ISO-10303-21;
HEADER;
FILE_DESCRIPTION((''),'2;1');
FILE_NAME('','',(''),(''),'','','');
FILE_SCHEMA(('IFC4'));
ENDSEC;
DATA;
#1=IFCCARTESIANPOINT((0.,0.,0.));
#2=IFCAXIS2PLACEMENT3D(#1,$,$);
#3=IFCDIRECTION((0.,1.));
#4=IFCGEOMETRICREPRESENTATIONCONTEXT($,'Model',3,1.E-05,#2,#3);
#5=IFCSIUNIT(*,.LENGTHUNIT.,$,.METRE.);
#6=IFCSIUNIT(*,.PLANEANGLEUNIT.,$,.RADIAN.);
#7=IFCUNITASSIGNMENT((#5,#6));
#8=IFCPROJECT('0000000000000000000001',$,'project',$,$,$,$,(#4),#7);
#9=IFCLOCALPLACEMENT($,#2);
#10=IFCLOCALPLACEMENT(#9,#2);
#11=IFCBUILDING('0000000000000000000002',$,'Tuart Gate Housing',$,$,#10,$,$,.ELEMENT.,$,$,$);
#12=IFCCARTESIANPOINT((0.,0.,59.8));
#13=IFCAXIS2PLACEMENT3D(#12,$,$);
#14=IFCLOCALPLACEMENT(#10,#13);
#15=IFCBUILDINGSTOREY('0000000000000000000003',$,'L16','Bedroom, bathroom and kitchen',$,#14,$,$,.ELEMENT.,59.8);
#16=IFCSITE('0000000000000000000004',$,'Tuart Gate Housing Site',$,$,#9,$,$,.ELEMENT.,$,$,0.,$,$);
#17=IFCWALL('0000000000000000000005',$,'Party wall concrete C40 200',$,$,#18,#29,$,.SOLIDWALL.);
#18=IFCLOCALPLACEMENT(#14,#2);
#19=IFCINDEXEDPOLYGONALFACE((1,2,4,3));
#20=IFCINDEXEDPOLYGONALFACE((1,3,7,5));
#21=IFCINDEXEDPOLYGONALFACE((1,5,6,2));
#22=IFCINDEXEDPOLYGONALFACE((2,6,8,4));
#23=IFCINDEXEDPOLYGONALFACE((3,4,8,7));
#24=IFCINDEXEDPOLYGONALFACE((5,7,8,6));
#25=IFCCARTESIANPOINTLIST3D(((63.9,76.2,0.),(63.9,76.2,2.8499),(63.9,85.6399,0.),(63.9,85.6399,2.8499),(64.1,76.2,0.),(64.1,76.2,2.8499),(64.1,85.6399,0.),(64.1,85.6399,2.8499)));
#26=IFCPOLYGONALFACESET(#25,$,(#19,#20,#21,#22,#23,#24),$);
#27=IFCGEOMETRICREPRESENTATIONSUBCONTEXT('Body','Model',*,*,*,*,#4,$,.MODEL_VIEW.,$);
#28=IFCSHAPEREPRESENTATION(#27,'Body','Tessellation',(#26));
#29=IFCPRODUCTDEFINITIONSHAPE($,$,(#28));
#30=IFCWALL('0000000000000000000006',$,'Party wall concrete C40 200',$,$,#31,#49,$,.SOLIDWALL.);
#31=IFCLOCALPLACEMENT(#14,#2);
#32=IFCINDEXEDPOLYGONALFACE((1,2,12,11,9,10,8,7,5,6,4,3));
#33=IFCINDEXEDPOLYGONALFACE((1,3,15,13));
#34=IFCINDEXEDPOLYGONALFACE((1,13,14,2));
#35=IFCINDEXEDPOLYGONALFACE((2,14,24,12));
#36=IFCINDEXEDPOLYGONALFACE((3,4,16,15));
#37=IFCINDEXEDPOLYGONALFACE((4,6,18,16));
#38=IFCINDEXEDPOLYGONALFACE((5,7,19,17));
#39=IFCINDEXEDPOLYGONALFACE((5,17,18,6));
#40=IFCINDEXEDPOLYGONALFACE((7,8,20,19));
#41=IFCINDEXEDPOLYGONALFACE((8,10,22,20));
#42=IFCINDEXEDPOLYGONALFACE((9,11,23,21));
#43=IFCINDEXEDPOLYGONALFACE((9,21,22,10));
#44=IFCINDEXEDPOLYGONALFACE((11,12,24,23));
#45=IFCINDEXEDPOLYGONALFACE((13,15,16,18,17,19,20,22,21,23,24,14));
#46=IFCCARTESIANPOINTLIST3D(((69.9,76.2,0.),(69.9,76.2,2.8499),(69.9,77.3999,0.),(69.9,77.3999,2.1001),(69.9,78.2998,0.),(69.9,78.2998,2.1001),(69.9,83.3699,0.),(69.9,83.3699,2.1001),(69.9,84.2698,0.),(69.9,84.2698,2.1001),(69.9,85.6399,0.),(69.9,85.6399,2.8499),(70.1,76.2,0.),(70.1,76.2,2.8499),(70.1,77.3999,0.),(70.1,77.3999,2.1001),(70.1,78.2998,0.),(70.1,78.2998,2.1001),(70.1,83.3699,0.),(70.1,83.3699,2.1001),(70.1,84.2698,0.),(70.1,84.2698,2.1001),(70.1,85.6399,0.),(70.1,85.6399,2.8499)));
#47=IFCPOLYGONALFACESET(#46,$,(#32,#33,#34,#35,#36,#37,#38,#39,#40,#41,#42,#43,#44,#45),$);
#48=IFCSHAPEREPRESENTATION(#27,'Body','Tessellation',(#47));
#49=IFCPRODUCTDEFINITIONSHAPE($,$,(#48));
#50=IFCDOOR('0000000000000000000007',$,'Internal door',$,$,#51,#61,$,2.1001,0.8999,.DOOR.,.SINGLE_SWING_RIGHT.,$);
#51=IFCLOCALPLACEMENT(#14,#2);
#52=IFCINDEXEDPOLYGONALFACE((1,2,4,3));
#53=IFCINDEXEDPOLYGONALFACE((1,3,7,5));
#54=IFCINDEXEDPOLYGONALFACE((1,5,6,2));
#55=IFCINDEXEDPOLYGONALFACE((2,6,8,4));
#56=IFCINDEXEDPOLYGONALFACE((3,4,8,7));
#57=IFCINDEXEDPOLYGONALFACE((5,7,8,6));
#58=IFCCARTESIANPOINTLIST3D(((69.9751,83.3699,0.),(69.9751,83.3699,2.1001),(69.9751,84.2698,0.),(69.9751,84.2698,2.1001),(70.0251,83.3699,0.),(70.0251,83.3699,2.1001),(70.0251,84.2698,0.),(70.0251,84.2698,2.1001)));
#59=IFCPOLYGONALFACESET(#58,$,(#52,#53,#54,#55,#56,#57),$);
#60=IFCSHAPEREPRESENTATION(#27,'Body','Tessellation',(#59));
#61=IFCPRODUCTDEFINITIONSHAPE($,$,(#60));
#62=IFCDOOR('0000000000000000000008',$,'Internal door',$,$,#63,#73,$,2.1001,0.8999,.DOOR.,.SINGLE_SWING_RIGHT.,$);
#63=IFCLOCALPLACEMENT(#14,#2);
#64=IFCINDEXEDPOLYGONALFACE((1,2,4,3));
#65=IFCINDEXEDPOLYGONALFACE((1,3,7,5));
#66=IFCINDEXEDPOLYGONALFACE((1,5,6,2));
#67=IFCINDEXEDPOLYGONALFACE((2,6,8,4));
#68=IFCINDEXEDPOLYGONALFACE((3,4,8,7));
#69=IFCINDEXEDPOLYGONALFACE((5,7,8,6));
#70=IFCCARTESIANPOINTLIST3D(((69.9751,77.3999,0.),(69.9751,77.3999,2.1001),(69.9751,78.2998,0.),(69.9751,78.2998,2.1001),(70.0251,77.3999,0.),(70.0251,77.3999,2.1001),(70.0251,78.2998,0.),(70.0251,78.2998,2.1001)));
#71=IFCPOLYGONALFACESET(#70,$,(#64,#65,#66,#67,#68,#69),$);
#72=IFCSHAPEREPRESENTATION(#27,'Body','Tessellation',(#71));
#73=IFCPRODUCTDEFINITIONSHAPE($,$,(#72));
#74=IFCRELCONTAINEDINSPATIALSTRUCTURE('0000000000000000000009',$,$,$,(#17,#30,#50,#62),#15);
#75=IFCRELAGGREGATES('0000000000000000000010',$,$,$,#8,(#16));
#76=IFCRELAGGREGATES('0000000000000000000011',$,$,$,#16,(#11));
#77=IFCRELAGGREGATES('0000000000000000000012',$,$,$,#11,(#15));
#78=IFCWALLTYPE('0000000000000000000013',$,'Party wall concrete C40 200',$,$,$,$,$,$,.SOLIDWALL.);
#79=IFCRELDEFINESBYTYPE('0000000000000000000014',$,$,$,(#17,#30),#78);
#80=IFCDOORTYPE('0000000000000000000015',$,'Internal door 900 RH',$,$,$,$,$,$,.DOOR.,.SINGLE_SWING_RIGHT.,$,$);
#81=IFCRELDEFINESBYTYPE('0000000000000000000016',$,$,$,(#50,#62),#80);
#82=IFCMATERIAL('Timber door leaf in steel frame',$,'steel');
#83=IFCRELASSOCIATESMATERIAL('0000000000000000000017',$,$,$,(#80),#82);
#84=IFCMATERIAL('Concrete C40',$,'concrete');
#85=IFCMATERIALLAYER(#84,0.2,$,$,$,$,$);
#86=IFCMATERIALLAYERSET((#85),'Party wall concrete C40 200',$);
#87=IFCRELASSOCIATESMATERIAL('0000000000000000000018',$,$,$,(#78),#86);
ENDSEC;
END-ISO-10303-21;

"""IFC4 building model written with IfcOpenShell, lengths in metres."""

from ifc_helpers import new_model, si_unit, direction, frame, frame_2d, origin, place, context, subcontext, project, spatial, rectangle, extrude, material, layer, layer_set, type_object, element, fill, save


model = new_model("IFC4")

# Units and contexts
model_context = context("Model", 3, precision=1e-05, world=origin(), true_north=direction((0.0, 1.0)))
body_context = subcontext(model_context, "Body", "Model", "MODEL_VIEW")
ifc_project = project(units=[si_unit("LENGTHUNIT", "METRE"), si_unit("PLANEANGLEUNIT", "RADIAN")], contexts=[model_context])

# Site, building, storey
site_placement = place(None, origin())
site = spatial("IfcSite", under=ifc_project, at=site_placement, Name="Tuart Gate Housing Site", CompositionType="ELEMENT", RefElevation=0.0)
building_placement = place(site_placement, origin())
building = spatial("IfcBuilding", under=site, at=building_placement, Name="Tuart Gate Housing", CompositionType="ELEMENT")
storey_placement = place(building_placement, frame((0.0, 0.0, 59.8)))
storey = spatial("IfcBuildingStorey", under=building, at=storey_placement, Name="L16", Description="Bedroom, bathroom and kitchen", CompositionType="ELEMENT", Elevation=59.8)

# Shared definitions
ifc_material_1 = material(Name="Timber door leaf in steel frame", Category="steel")
door_type_1 = type_object("IfcDoorType", Name="Internal door 900 RH", OperationType="SINGLE_SWING_RIGHT", PredefinedType="DOOR", material=ifc_material_1)

# Wall
ifc_material_2 = material(Name="Concrete C40", Category="concrete")
ifc_layer_1 = layer(ifc_material_2, 0.2)
ifc_layer_set_1 = layer_set([ifc_layer_1], Name="Party wall concrete C40 200")
wall_type_1 = type_object("IfcWallType", Name="Party wall concrete C40 200", PredefinedType="SOLIDWALL", material=ifc_layer_set_1)
wall_1_placement = place(storey_placement, frame((64.0, 76.2, 0.0), z_axis=(0.0, 0.0, 1.0), x_axis=(0.0, 1.0, 0.0)))
element("IfcWall", 1, at=wall_1_placement, inside=storey, type_object=wall_type_1, Name="Party wall concrete C40 200", PredefinedType="SOLIDWALL", context=body_context, shape_type="SweptSolid", body=[
    extrude(rectangle(XDim=9.4399, YDim=0.2, at=frame_2d((4.72, 0.0))), origin(), (0.0, 0.0, 1.0), 2.8499),
])

# Wall, openings, doors
wall_2_placement = place(storey_placement, frame((70.0, 76.2, 0.0), z_axis=(0.0, 0.0, 1.0), x_axis=(0.0, 1.0, 0.0)))
wall_2 = element("IfcWall", 2, at=wall_2_placement, inside=storey, type_object=wall_type_1, Name="Party wall concrete C40 200", PredefinedType="SOLIDWALL", context=body_context, shape_type="SweptSolid", body=[
    extrude(rectangle(XDim=9.4399, YDim=0.2, at=frame_2d((4.72, 0.0))), origin(), (0.0, 0.0, 1.0), 2.8499),
])
opening_1_placement = place(wall_2_placement, frame((7.1699, 0.0, 0.0)))
opening_1 = element("IfcOpeningElement", 3, at=opening_1_placement, cuts=wall_2, PredefinedType="OPENING", context=body_context, shape_type="SweptSolid", body=[
    extrude(rectangle(XDim=0.8999, YDim=2.1001, at=frame_2d((0.45, 1.05))), frame((0.0, 0.1099, 0.0), z_axis=(0.0, -1.0, 0.0), x_axis=(1.0, 0.0, 0.0)), (0.0, 0.0, 1.0), 0.22),
])
opening_2_placement = place(wall_2_placement, frame((1.2, 0.0, 0.0)))
opening_2 = element("IfcOpeningElement", 4, at=opening_2_placement, cuts=wall_2, PredefinedType="OPENING", context=body_context, shape_type="SweptSolid", body=[
    extrude(rectangle(XDim=0.8999, YDim=2.1001, at=frame_2d((0.45, 1.05))), frame((0.0, 0.1099, 0.0), z_axis=(0.0, -1.0, 0.0), x_axis=(1.0, 0.0, 0.0)), (0.0, 0.0, 1.0), 0.22),
])
door_1_placement = place(opening_1_placement, frame((0.8999, 0.0, 0.0), z_axis=(0.0, 0.0, 1.0), x_axis=(-1.0, 0.0, 0.0)))
door_1 = element("IfcDoor", 5, at=door_1_placement, inside=storey, type_object=door_type_1, Name="Internal door", OperationType="SINGLE_SWING_RIGHT", OverallHeight=2.1001, OverallWidth=0.8999, PredefinedType="DOOR", context=body_context, shape_type="SweptSolid", body=[
    extrude(rectangle(XDim=0.8999, YDim=2.1001, at=frame_2d((0.45, 1.05))), frame((0.0, 0.0251, 0.0), z_axis=(0.0, -1.0, 0.0), x_axis=(1.0, 0.0, 0.0)), (0.0, 0.0, 1.0), 0.05),
])
fill(opening_1, door_1)
door_2_placement = place(opening_2_placement, frame((0.8999, 0.0, 0.0), z_axis=(0.0, 0.0, 1.0), x_axis=(-1.0, 0.0, 0.0)))
door_2 = element("IfcDoor", 6, at=door_2_placement, inside=storey, type_object=door_type_1, Name="Internal door", OperationType="SINGLE_SWING_RIGHT", OverallHeight=2.1001, OverallWidth=0.8999, PredefinedType="DOOR", context=body_context, shape_type="SweptSolid", body=[
    extrude(rectangle(XDim=0.8999, YDim=2.1001, at=frame_2d((0.45, 1.05))), frame((0.0, 0.0251, 0.0), z_axis=(0.0, -1.0, 0.0), x_axis=(1.0, 0.0, 0.0)), (0.0, 0.0, 1.0), 0.05),
])
fill(opening_2, door_2)

save(model, "model.ifc")
